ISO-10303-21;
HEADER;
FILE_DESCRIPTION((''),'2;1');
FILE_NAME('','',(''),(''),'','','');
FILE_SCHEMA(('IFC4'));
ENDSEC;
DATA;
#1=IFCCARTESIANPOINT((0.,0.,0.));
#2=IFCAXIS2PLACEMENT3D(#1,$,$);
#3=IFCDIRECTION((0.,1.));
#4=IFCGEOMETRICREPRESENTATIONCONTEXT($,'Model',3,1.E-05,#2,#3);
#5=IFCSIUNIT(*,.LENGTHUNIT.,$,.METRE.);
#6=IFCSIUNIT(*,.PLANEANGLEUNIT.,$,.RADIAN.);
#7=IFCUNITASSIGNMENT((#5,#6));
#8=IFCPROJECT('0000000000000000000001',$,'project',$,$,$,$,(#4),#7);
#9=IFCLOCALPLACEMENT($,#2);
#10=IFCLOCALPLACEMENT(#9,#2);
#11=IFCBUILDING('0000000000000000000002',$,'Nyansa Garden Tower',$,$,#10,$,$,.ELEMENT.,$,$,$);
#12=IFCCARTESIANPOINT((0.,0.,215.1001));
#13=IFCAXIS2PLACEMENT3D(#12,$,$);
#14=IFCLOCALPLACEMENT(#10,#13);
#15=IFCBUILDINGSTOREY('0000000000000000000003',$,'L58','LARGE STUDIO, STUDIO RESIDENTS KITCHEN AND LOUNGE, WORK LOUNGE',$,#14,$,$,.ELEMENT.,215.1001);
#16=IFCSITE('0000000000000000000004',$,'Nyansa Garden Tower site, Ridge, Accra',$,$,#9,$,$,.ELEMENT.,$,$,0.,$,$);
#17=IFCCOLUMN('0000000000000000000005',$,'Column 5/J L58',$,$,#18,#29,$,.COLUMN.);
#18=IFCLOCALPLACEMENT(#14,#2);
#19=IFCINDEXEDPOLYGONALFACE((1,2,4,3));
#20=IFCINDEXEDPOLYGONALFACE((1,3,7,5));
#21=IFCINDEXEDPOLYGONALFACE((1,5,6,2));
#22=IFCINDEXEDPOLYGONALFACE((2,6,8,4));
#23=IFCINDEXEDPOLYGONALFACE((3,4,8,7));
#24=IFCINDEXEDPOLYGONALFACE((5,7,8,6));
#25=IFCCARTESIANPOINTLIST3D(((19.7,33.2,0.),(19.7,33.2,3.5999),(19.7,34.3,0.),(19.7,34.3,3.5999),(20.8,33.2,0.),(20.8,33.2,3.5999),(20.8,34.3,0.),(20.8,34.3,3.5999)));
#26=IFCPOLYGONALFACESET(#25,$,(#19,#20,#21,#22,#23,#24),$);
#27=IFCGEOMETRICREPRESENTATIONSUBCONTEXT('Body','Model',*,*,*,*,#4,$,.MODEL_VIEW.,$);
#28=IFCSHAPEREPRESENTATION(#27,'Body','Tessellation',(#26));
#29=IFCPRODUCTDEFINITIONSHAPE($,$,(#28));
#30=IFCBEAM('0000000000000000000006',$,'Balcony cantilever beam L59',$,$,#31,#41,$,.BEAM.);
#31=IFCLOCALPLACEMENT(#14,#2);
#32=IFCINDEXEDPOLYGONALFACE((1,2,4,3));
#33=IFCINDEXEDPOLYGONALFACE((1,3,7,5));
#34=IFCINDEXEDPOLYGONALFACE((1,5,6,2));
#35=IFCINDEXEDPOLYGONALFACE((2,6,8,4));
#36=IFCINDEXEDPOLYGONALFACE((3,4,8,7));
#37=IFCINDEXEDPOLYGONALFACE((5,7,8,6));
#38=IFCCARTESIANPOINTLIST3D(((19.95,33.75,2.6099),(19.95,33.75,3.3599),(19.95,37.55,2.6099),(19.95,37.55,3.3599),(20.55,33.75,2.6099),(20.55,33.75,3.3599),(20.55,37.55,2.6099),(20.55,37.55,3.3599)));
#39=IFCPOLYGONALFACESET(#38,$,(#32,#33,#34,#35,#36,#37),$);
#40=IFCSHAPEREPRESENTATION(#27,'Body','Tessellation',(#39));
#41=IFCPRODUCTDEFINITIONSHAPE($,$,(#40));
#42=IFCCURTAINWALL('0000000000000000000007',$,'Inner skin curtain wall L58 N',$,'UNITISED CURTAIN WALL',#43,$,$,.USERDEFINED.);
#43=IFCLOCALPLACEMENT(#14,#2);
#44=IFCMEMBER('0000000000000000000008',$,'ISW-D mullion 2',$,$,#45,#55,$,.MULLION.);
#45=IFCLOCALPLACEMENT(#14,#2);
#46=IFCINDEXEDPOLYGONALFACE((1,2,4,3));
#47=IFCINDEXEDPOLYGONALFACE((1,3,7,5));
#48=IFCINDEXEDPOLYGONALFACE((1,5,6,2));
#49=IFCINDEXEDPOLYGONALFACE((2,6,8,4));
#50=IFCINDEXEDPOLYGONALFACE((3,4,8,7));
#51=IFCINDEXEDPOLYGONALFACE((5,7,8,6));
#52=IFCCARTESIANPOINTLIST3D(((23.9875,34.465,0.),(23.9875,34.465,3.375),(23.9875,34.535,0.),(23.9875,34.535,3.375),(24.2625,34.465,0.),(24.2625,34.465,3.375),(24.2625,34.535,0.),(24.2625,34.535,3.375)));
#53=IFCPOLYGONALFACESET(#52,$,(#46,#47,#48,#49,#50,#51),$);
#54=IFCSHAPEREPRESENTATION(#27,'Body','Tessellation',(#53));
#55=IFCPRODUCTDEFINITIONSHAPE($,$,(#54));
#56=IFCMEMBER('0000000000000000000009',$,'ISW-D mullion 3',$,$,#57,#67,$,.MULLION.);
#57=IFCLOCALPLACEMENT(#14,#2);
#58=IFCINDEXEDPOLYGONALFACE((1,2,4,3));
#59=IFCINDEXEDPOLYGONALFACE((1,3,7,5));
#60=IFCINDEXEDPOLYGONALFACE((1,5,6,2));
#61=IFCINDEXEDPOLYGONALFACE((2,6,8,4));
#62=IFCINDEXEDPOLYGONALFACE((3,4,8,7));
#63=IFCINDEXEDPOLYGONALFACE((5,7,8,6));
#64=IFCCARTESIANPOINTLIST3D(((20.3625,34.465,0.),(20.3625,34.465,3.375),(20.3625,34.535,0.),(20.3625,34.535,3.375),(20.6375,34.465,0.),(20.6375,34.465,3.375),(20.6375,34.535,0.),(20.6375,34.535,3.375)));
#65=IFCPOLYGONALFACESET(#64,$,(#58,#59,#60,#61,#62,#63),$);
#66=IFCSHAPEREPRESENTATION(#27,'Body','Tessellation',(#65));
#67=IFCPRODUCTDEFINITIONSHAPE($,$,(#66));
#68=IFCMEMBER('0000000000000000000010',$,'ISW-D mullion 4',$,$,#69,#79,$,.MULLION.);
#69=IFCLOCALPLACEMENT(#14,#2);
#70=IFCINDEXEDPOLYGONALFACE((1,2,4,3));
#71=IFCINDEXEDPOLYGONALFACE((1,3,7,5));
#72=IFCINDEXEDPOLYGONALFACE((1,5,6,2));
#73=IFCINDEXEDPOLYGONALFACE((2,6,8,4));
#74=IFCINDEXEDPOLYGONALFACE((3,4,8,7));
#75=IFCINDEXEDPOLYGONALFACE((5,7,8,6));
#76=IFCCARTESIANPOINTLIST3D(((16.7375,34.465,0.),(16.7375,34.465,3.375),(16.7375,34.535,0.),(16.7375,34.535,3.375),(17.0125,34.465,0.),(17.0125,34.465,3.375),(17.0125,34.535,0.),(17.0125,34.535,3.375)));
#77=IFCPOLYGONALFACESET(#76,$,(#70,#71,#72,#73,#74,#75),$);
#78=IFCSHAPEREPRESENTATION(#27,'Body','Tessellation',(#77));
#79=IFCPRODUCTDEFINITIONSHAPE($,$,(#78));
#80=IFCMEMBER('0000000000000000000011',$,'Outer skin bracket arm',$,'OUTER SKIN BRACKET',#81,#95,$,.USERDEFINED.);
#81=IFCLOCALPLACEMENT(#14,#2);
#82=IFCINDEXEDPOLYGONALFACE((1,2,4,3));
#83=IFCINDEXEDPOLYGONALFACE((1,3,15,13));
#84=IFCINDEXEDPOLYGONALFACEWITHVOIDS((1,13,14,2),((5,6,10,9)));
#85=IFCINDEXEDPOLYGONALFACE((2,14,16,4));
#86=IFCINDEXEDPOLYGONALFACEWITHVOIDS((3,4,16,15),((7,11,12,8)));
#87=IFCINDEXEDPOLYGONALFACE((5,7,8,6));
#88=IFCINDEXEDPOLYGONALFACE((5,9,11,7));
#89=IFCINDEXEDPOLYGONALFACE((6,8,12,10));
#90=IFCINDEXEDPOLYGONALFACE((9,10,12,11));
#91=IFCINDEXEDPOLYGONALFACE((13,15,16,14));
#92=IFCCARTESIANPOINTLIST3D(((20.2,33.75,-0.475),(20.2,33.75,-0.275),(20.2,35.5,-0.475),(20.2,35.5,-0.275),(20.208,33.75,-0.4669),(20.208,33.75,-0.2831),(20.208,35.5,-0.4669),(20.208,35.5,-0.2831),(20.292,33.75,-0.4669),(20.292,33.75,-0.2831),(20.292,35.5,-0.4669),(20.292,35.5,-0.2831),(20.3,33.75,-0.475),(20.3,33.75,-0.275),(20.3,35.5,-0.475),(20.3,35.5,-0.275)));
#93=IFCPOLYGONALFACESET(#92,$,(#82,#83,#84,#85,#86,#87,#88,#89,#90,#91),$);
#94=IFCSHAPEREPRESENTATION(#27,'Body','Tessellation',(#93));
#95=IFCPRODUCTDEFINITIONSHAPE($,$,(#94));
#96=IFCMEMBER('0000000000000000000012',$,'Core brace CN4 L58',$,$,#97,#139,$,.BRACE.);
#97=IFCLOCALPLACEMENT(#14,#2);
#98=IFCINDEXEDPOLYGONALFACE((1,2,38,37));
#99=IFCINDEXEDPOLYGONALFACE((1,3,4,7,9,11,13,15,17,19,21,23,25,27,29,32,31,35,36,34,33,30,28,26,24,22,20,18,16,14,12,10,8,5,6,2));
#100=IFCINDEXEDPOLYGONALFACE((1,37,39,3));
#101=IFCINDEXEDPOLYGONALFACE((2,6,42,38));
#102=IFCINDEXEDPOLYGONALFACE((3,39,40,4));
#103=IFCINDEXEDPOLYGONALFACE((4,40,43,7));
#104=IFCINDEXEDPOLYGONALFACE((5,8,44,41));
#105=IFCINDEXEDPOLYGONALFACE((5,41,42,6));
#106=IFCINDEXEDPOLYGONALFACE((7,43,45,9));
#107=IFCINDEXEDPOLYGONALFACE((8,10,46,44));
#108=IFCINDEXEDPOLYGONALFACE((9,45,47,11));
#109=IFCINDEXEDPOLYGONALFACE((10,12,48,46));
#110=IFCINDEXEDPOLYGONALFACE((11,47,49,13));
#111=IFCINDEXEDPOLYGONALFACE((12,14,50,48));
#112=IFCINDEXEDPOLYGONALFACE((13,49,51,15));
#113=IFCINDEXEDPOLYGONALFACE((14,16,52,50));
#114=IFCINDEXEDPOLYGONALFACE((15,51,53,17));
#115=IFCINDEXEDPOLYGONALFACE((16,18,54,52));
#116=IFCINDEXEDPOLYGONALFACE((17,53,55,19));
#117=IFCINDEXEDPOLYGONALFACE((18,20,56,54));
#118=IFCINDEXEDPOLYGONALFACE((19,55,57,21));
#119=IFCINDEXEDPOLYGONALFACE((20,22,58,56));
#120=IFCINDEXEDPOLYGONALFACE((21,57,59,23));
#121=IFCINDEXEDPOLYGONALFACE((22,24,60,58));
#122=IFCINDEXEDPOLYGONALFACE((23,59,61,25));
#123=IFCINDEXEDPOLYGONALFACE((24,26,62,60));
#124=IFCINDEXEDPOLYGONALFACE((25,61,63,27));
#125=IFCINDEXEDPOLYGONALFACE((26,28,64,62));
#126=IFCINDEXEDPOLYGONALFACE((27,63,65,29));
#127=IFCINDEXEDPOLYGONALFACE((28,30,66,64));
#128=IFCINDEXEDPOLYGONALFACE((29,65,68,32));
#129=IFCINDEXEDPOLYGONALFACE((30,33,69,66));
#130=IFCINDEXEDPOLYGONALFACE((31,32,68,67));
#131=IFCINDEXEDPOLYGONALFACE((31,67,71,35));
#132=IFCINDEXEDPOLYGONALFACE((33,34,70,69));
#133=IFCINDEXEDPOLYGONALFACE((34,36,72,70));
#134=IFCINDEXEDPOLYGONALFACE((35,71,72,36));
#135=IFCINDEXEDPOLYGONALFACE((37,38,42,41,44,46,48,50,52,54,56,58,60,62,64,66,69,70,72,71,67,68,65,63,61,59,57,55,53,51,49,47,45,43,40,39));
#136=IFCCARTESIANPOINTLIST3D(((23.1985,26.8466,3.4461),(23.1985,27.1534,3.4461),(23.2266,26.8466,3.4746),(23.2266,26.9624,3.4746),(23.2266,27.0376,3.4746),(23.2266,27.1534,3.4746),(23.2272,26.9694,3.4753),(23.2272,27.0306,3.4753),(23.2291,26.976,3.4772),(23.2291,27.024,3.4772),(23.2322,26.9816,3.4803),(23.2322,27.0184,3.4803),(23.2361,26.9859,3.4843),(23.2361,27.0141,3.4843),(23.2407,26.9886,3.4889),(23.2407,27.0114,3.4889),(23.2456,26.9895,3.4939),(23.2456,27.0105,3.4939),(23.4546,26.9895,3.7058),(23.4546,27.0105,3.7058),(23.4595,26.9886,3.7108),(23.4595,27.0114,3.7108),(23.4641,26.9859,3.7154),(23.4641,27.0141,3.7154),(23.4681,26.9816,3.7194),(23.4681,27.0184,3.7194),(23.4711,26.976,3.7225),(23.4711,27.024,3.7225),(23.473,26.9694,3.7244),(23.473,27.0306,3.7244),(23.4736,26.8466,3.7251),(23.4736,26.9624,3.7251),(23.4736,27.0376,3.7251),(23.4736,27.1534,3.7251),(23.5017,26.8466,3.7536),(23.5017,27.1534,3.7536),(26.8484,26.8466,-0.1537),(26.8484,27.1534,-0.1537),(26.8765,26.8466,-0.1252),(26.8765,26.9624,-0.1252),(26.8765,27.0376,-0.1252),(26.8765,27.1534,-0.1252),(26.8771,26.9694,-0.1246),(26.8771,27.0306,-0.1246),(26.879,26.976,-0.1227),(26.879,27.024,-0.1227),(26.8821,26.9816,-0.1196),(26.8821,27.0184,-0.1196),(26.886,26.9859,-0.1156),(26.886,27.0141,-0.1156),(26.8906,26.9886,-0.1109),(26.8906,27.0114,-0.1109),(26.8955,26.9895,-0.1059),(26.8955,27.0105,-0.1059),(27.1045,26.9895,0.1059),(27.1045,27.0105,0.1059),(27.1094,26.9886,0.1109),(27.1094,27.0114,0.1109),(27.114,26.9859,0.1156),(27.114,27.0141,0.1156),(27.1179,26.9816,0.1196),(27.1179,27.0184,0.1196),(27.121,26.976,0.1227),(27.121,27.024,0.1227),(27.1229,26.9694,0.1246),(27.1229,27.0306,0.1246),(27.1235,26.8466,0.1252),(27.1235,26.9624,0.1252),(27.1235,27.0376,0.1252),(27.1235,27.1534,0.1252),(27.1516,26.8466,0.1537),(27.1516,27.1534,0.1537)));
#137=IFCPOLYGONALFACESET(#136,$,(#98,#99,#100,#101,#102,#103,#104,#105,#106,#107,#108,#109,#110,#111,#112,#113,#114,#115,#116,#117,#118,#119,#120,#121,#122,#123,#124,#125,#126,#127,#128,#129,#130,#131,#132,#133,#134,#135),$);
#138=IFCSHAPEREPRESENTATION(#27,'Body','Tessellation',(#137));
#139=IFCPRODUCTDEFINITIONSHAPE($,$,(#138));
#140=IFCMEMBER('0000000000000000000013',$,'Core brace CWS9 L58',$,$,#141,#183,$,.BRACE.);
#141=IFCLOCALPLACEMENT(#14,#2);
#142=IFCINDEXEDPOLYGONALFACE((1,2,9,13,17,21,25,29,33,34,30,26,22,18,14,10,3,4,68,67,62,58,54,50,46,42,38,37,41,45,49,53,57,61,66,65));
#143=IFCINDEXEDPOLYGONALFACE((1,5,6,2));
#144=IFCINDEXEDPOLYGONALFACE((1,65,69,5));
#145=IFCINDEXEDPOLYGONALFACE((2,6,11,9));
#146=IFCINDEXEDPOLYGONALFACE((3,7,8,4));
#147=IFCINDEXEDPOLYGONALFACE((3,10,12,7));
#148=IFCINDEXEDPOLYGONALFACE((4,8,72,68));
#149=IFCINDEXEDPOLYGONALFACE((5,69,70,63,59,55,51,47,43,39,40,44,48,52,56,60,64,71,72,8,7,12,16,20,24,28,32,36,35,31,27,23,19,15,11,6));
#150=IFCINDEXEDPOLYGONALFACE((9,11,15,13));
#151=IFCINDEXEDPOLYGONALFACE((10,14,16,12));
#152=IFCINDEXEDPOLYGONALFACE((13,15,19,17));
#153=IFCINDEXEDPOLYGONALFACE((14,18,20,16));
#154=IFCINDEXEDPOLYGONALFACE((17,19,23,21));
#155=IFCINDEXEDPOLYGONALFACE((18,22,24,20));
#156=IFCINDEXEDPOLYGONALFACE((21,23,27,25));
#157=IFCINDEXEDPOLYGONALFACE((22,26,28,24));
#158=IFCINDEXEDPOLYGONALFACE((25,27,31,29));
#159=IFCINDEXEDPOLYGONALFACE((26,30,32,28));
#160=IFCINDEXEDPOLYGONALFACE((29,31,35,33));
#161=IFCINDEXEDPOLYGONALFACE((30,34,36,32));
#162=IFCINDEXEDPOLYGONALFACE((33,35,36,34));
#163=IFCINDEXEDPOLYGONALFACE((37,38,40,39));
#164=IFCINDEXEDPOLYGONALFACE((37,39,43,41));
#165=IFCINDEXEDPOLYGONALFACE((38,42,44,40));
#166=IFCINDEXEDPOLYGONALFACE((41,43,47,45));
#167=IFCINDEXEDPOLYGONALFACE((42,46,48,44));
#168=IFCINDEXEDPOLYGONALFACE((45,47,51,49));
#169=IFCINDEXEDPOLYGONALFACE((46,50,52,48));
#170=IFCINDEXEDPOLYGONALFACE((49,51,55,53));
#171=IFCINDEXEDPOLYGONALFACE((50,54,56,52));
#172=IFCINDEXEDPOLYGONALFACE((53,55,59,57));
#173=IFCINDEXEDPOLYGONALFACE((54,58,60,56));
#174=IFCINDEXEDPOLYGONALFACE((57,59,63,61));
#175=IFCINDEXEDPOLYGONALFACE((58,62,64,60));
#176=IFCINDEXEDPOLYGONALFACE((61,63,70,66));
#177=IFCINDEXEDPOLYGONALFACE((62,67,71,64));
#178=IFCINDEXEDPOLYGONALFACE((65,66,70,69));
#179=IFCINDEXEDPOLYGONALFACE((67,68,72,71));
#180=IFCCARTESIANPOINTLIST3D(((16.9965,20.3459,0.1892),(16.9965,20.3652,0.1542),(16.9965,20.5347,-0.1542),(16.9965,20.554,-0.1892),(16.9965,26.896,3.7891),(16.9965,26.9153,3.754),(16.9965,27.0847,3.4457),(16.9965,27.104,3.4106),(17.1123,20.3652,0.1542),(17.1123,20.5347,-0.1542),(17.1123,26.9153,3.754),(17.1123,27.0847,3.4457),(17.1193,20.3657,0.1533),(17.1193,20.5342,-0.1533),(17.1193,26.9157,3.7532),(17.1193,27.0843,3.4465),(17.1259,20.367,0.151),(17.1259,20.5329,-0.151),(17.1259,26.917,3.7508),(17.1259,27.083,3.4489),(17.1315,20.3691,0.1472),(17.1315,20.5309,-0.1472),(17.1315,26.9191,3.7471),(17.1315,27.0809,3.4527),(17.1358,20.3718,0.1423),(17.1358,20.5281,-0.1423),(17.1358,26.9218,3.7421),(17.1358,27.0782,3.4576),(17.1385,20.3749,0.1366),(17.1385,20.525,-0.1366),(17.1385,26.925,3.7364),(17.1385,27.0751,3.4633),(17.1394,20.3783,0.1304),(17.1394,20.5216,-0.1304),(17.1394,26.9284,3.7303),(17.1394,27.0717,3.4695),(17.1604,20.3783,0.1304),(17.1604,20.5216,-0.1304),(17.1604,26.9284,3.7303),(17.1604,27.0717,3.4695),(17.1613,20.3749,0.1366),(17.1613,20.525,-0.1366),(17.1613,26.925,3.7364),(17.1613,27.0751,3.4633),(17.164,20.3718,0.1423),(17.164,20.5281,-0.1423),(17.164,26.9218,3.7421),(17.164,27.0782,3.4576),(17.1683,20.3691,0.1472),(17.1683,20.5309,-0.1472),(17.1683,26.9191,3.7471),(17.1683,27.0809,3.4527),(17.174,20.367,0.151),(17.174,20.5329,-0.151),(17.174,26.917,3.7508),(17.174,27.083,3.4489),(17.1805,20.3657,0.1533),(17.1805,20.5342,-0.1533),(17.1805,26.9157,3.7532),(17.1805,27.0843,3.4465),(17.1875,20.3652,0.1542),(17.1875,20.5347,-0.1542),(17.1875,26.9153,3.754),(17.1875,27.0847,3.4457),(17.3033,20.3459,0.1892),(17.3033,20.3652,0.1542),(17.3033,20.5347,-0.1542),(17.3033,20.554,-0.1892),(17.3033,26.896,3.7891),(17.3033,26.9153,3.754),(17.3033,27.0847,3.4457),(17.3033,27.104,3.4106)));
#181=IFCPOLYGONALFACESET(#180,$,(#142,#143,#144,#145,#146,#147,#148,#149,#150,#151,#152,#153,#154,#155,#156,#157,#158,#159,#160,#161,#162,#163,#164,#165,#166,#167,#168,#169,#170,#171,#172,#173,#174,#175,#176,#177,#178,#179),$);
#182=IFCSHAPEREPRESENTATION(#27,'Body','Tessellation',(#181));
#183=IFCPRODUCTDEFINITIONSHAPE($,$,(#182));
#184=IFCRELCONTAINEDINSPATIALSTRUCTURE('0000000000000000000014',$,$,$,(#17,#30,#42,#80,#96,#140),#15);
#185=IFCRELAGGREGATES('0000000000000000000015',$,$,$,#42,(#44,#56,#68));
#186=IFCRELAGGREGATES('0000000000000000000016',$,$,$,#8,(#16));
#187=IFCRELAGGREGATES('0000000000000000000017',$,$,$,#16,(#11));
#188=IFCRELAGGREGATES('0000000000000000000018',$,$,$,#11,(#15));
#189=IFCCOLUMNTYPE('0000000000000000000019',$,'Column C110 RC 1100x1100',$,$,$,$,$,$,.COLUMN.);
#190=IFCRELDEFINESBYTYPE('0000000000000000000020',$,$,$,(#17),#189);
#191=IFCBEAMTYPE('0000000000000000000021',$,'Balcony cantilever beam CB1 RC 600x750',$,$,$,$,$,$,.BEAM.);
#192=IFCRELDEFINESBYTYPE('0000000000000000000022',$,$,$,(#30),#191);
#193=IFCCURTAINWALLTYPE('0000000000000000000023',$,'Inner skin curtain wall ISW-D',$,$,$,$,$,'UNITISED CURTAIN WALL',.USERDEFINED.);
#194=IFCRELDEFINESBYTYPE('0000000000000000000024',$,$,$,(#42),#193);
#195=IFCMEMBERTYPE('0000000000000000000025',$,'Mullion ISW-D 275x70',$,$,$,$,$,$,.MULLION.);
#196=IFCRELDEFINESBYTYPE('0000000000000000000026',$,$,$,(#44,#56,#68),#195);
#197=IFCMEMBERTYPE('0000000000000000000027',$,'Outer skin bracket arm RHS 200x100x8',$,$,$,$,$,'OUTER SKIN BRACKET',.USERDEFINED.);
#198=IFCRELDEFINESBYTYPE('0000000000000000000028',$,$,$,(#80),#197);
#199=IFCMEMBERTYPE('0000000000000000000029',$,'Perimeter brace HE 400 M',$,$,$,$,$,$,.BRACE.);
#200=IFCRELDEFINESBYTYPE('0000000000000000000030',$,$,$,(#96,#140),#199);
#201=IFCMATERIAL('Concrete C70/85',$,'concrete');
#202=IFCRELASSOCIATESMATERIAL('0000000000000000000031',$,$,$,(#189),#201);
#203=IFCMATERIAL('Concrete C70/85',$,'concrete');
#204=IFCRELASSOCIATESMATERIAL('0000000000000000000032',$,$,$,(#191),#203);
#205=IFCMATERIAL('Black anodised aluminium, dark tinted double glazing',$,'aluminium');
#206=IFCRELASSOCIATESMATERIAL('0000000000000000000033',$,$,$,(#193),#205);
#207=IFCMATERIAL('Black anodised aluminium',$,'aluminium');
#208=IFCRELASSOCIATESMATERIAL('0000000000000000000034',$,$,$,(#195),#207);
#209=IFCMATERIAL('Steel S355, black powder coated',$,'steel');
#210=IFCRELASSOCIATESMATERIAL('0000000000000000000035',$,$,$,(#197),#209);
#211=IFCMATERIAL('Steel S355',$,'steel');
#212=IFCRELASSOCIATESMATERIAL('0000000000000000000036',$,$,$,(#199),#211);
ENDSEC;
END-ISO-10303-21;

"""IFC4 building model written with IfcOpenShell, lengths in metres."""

from ifc_helpers import new_model, si_unit, direction, frame, origin, origin_2d, place, context, subcontext, project, spatial, rectangle, hollow_rectangle, i_section, extrude, material, material_profile, profile_set, type_object, element, aggregate, save


model = new_model("IFC4")

# Units and contexts
model_context = context("Model", 3, precision=1e-05, world=origin(), true_north=direction((0.0, 1.0)))
body_context = subcontext(model_context, "Body", "Model", "MODEL_VIEW")
ifc_project = project(units=[si_unit("LENGTHUNIT", "METRE"), si_unit("PLANEANGLEUNIT", "RADIAN")], contexts=[model_context])

# Site, building, storey
site_placement = place(None, origin())
site = spatial("IfcSite", under=ifc_project, at=site_placement, Name="Nyansa Garden Tower site, Ridge, Accra", CompositionType="ELEMENT", RefElevation=0.0)
building_placement = place(site_placement, origin())
building = spatial("IfcBuilding", under=site, at=building_placement, Name="Nyansa Garden Tower", CompositionType="ELEMENT")
storey_placement = place(building_placement, frame((0.0, 0.0, 215.1001)))
storey = spatial("IfcBuildingStorey", under=building, at=storey_placement, Name="L58", Description="LARGE STUDIO, STUDIO RESIDENTS KITCHEN AND LOUNGE, WORK LOUNGE", CompositionType="ELEMENT", Elevation=215.1001)

# Column
ifc_material_1 = material(Name="Concrete C70/85", Category="concrete")
ifc_material_profile_1 = material_profile(ifc_material_1, rectangle(XDim=1.1001, YDim=1.1001, at=origin_2d()), Name="RC 1100x1100")
ifc_profile_set_1 = profile_set([ifc_material_profile_1], Name="Concrete C70/85")
column_type = type_object("IfcColumnType", Name="Column C110 RC 1100x1100", PredefinedType="COLUMN", material=ifc_profile_set_1)
column_placement = place(storey_placement, frame((20.25, 33.75, 0.0), z_axis=(0.0, 0.0, 1.0), x_axis=(1.0, 0.0, 0.0)))
element("IfcColumn", 1, at=column_placement, inside=storey, type_object=column_type, Name="Column 5/J L58", PredefinedType="COLUMN", context=body_context, shape_type="SweptSolid", body=[
    extrude(rectangle(XDim=1.1001, YDim=1.1001, at=origin_2d()), origin(), (0.0, 0.0, 1.0), 3.5999),
])

# Beam
ifc_material_2 = material(Name="Concrete C70/85", Category="concrete")
ifc_material_profile_2 = material_profile(ifc_material_2, rectangle(XDim=0.6001, YDim=0.75, at=origin_2d()), Name="RC 600x750")
ifc_profile_set_2 = profile_set([ifc_material_profile_2], Name="Concrete C70/85")
beam_type_1 = type_object("IfcBeamType", Name="Balcony cantilever beam CB1 RC 600x750", PredefinedType="BEAM", material=ifc_profile_set_2)
beam_1_placement = place(storey_placement, frame((20.25, 33.75, 2.9849), z_axis=(0.0, 1.0, 0.0), x_axis=(-1.0, 0.0, 0.0)))
element("IfcBeam", 2, at=beam_1_placement, inside=storey, type_object=beam_type_1, Name="Balcony cantilever beam L59", PredefinedType="BEAM", context=body_context, shape_type="SweptSolid", body=[
    extrude(rectangle(XDim=0.6001, YDim=0.75, at=origin_2d()), origin(), (0.0, 0.0, 1.0), 3.8),
])

# Curtain wall, members
ifc_material_3 = material(Name="Black anodised aluminium, dark tinted double glazing", Category="aluminium")
curtain_wall_type = type_object("IfcCurtainWallType", Name="Inner skin curtain wall ISW-D", ElementType="UNITISED CURTAIN WALL", PredefinedType="USERDEFINED", material=ifc_material_3)
curtain_wall_placement = place(storey_placement, origin())
curtain_wall = element("IfcCurtainWall", 3, at=curtain_wall_placement, inside=storey, type_object=curtain_wall_type, Name="Inner skin curtain wall L58 N", ObjectType="UNITISED CURTAIN WALL", PredefinedType="USERDEFINED")
ifc_material_4 = material(Name="Black anodised aluminium", Category="aluminium")
ifc_material_profile_3 = material_profile(ifc_material_4, rectangle(XDim=0.0701, YDim=0.2749, at=origin_2d()), Name="Mullion 275x70")
ifc_profile_set_3 = profile_set([ifc_material_profile_3], Name="Black anodised aluminium")
member_type_1 = type_object("IfcMemberType", Name="Mullion ISW-D 275x70", PredefinedType="MULLION", material=ifc_profile_set_3)
member_1_placement = place(storey_placement, frame((24.125, 34.5, 0.0), z_axis=(0.0, 0.0, 1.0), x_axis=(0.0, -1.0, 0.0)))
member_1 = element("IfcMember", 4, at=member_1_placement, type_object=member_type_1, Name="ISW-D mullion 2", PredefinedType="MULLION", context=body_context, shape_type="SweptSolid", body=[
    extrude(rectangle(XDim=0.0701, YDim=0.2749, at=origin_2d()), origin(), (0.0, 0.0, 1.0), 3.375),
])
member_2_placement = place(storey_placement, frame((20.5, 34.5, 0.0), z_axis=(0.0, 0.0, 1.0), x_axis=(0.0, -1.0, 0.0)))
member_2 = element("IfcMember", 5, at=member_2_placement, type_object=member_type_1, Name="ISW-D mullion 3", PredefinedType="MULLION", context=body_context, shape_type="SweptSolid", body=[
    extrude(rectangle(XDim=0.0701, YDim=0.2749, at=origin_2d()), origin(), (0.0, 0.0, 1.0), 3.375),
])
member_3_placement = place(storey_placement, frame((16.875, 34.5, 0.0), z_axis=(0.0, 0.0, 1.0), x_axis=(0.0, -1.0, 0.0)))
member_3 = element("IfcMember", 6, at=member_3_placement, type_object=member_type_1, Name="ISW-D mullion 4", PredefinedType="MULLION", context=body_context, shape_type="SweptSolid", body=[
    extrude(rectangle(XDim=0.0701, YDim=0.2749, at=origin_2d()), origin(), (0.0, 0.0, 1.0), 3.375),
])

# Members
ifc_material_5 = material(Name="Steel S355, black powder coated", Category="steel")
ifc_material_profile_4 = material_profile(ifc_material_5, hollow_rectangle(XDim=0.1001, YDim=0.2, WallThickness=0.0081, at=origin_2d()), Name="RHS 200x100x8")
ifc_profile_set_4 = profile_set([ifc_material_profile_4], Name="Steel S355, black powder coated")
member_type_2 = type_object("IfcMemberType", Name="Outer skin bracket arm RHS 200x100x8", ElementType="OUTER SKIN BRACKET", PredefinedType="USERDEFINED", material=ifc_profile_set_4)
member_4_placement = place(storey_placement, frame((20.25, 33.75, -0.375), z_axis=(0.0, 1.0, 0.0), x_axis=(-1.0, 0.0, 0.0)))
element("IfcMember", 7, at=member_4_placement, inside=storey, type_object=member_type_2, Name="Outer skin bracket arm", ObjectType="OUTER SKIN BRACKET", PredefinedType="USERDEFINED", context=body_context, shape_type="SweptSolid", body=[
    extrude(hollow_rectangle(XDim=0.1001, YDim=0.2, WallThickness=0.0081, at=origin_2d()), origin(), (0.0, 0.0, 1.0), 1.75),
])
ifc_material_6 = material(Name="Steel S355", Category="steel")
ifc_material_profile_5 = material_profile(ifc_material_6, i_section(OverallWidth=0.3069, OverallDepth=0.4319, WebThickness=0.021, FlangeThickness=0.04, FilletRadius=0.0271, at=origin_2d()), Name="HE 400 M")
ifc_profile_set_5 = profile_set([ifc_material_profile_5], Name="Steel S355")
member_type_3 = type_object("IfcMemberType", Name="Perimeter brace HE 400 M", PredefinedType="BRACE", material=ifc_profile_set_5)
member_5_placement = place(storey_placement, frame((27.0, 27.0, 0.0), z_axis=(-0.711971, 0.0, 0.702209), x_axis=(0.0, -1.0, 0.0)))
element("IfcMember", 8, at=member_5_placement, inside=storey, type_object=member_type_3, Name="Core brace CN4 L58", PredefinedType="BRACE", context=body_context, shape_type="SweptSolid", body=[
    extrude(i_section(OverallWidth=0.3069, OverallDepth=0.4319, WebThickness=0.021, FlangeThickness=0.04, FilletRadius=0.0271, at=origin_2d()), origin(), (0.0, 0.0, 1.0), 5.1265),
])
for number, where, z_axis, x_axis, name in (
    (9, (17.1499, 20.45, 0.0), (0.0, 0.876367, 0.481644), (-1.0, 0.0, 0.0), "Core brace CWS9 L58"),
):
    element("IfcMember", number, at=place(storey_placement, frame(where, z_axis=z_axis, x_axis=x_axis)), inside=storey, type_object=member_type_3, Name=name, PredefinedType="BRACE", context=body_context, shape_type="SweptSolid", body=[
        extrude(i_section(OverallWidth=0.3069, OverallDepth=0.4319, WebThickness=0.021, FlangeThickness=0.04, FilletRadius=0.0271, at=origin_2d()), origin(), (0.0, 0.0, 1.0), 7.4741),
    ])

aggregate(curtain_wall, [member_1, member_2, member_3])

save(model, "model.ifc")
